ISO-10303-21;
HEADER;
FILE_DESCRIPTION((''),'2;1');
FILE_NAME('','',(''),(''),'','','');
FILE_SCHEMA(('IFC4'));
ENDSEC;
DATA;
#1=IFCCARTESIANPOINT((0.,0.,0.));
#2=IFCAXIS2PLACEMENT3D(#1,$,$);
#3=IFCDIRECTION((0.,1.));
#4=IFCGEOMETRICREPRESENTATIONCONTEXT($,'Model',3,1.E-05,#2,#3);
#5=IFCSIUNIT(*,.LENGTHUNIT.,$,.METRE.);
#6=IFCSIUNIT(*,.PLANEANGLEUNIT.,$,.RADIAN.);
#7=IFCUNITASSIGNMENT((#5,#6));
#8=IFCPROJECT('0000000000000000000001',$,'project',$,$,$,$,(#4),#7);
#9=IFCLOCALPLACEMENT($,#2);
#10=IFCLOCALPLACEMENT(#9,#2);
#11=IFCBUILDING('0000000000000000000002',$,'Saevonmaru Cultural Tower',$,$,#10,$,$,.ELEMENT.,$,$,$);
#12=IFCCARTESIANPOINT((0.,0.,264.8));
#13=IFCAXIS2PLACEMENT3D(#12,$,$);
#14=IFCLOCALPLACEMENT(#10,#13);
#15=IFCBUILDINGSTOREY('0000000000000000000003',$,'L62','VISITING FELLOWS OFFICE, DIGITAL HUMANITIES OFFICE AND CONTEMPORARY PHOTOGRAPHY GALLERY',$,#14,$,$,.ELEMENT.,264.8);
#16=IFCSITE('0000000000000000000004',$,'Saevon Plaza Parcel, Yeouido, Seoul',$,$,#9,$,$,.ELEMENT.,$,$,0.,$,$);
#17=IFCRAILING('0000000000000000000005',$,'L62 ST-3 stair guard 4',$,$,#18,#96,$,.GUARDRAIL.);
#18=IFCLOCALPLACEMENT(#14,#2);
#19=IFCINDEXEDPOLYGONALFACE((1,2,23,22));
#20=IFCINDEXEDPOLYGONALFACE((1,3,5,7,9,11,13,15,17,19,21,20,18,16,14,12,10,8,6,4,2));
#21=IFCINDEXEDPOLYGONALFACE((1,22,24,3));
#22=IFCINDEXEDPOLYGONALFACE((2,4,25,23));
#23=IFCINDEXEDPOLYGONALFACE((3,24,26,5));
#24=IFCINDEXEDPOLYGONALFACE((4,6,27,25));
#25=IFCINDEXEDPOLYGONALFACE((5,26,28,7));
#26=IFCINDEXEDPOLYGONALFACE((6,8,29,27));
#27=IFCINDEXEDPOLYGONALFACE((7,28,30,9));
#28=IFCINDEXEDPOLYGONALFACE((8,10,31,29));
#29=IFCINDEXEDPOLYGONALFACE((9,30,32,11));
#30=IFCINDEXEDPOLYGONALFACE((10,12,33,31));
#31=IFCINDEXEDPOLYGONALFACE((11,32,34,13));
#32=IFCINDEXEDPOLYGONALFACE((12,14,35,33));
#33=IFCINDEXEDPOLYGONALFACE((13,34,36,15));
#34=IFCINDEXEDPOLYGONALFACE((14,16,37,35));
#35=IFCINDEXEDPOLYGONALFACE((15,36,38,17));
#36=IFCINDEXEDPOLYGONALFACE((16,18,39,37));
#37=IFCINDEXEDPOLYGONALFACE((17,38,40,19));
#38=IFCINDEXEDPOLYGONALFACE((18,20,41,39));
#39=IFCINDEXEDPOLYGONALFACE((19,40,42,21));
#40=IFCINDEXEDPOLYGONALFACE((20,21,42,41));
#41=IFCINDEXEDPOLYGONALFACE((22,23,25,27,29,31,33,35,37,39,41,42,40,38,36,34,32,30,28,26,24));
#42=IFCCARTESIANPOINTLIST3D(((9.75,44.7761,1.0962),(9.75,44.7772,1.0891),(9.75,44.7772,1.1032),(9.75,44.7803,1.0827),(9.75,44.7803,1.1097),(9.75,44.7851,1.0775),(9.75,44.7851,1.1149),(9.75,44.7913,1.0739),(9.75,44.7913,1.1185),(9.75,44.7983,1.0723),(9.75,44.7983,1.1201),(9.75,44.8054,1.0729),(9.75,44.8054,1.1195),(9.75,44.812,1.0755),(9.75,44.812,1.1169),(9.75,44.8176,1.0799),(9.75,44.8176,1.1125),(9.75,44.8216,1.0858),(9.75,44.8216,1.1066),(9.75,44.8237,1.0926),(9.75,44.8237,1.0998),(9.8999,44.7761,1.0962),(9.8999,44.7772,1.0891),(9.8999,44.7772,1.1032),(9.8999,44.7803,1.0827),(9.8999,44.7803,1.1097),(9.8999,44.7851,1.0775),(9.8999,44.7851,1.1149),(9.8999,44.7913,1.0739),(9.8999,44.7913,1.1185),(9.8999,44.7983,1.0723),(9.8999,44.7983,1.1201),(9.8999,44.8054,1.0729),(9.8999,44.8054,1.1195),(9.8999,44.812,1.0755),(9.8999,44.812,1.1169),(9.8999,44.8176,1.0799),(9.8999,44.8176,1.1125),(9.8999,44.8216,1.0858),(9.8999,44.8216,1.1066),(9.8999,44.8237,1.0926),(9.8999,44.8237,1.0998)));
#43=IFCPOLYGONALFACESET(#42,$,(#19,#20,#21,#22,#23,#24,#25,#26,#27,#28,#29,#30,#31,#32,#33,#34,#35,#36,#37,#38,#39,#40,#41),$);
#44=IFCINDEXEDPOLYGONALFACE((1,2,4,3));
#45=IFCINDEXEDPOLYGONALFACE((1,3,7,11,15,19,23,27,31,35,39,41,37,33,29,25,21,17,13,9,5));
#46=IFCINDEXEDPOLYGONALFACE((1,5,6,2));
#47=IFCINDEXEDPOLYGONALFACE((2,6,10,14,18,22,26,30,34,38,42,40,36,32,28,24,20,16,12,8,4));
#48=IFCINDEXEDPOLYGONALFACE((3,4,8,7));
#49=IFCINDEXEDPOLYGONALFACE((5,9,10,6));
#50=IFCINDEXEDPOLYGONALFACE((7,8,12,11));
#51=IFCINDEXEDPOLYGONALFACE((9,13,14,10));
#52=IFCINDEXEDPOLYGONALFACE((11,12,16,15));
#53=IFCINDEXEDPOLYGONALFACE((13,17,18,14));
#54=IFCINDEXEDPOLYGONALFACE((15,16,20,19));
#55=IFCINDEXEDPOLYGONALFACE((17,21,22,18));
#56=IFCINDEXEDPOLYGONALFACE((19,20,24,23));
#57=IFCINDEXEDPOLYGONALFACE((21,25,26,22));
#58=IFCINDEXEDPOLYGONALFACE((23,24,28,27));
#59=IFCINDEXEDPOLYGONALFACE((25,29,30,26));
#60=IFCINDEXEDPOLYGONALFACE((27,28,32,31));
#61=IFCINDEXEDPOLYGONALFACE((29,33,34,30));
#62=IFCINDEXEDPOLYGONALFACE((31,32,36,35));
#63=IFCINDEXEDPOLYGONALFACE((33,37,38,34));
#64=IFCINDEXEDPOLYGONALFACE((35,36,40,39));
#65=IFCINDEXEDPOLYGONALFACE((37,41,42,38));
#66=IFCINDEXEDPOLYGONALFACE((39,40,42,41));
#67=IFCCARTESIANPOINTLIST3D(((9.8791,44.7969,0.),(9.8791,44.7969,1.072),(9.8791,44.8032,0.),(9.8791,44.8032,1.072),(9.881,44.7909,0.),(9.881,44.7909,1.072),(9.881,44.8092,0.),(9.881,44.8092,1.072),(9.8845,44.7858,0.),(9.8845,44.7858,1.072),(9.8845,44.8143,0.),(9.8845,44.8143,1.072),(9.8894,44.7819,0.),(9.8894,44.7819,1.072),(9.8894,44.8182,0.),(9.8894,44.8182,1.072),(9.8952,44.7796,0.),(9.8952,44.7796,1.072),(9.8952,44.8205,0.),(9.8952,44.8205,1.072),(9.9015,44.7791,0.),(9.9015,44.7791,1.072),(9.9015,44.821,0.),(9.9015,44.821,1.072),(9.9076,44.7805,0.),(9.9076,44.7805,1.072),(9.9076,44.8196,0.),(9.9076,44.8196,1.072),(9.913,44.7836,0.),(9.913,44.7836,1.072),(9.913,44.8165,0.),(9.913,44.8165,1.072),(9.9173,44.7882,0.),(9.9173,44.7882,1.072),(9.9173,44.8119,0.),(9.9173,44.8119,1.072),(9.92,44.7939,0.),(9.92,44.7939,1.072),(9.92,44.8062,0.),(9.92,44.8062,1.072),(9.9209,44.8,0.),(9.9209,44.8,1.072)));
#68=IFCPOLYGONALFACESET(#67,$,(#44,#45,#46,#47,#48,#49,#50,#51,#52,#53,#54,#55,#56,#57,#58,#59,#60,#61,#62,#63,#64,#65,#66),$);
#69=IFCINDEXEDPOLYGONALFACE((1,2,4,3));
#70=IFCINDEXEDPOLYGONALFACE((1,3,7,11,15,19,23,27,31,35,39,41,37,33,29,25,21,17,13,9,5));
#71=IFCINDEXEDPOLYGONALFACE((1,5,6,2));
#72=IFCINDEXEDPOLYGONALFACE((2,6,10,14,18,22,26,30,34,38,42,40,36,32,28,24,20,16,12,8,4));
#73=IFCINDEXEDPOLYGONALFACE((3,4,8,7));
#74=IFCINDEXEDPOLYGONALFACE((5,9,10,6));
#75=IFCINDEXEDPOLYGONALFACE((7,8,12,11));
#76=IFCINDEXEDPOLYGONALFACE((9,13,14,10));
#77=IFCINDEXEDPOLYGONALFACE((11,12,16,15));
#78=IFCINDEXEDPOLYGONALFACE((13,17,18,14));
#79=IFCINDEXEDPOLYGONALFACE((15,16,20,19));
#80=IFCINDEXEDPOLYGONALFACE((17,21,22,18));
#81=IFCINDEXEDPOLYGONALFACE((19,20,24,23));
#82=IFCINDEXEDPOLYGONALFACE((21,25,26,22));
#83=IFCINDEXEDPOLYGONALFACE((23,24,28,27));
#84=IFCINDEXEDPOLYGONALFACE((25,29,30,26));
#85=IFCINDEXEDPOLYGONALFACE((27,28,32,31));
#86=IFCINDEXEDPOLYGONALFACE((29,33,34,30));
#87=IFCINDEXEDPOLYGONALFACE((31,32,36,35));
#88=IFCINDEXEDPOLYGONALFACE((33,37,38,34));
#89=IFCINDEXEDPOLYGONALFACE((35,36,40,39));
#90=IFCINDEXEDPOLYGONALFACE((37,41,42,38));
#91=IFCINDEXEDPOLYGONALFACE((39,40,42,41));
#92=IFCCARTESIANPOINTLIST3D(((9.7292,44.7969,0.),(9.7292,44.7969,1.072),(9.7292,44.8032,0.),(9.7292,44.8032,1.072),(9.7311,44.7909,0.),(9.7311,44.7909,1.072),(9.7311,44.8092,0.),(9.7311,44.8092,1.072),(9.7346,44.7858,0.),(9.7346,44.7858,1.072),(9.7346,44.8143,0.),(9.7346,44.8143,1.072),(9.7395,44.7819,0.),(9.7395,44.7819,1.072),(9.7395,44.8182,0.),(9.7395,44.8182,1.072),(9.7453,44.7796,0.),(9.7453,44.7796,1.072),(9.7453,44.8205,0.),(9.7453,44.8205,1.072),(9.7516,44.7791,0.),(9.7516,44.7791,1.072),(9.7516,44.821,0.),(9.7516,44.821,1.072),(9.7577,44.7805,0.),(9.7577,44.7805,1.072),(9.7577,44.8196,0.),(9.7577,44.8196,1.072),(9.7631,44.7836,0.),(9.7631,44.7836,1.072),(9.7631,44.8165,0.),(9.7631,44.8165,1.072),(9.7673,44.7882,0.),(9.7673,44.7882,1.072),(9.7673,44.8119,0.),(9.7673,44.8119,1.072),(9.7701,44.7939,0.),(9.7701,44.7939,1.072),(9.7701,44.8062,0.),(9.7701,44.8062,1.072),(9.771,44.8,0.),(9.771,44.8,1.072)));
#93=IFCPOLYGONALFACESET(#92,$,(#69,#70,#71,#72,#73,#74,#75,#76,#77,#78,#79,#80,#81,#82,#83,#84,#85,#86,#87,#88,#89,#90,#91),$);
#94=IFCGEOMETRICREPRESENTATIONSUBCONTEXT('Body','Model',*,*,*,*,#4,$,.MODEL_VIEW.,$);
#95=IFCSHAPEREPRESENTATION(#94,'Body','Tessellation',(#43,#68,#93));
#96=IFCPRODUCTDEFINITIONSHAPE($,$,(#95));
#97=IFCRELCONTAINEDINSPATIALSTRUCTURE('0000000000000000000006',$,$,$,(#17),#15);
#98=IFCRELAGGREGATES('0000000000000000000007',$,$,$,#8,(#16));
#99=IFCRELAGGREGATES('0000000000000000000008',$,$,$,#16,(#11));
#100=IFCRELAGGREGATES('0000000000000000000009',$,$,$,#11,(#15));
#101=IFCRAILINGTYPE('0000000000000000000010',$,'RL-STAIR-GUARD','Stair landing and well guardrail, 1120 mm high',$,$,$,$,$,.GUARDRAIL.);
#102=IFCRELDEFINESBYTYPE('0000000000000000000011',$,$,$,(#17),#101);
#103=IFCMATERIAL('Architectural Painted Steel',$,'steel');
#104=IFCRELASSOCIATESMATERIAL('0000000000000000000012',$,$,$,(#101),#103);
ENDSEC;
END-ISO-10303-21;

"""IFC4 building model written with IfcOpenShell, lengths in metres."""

from ifc_helpers import new_model, si_unit, direction, frame, origin, origin_2d, place, context, subcontext, project, spatial, circle, extrude, material, type_object, element, save


model = new_model("IFC4")

# Units and contexts
model_context = context("Model", 3, precision=1e-05, world=origin(), true_north=direction((0.0, 1.0)))
body_context = subcontext(model_context, "Body", "Model", "MODEL_VIEW")
ifc_project = project(units=[si_unit("LENGTHUNIT", "METRE"), si_unit("PLANEANGLEUNIT", "RADIAN")], contexts=[model_context])

# Site, building, storey
site_placement = place(None, origin())
site = spatial("IfcSite", under=ifc_project, at=site_placement, Name="Saevon Plaza Parcel, Yeouido, Seoul", CompositionType="ELEMENT", RefElevation=0.0)
building_placement = place(site_placement, origin())
building = spatial("IfcBuilding", under=site, at=building_placement, Name="Saevonmaru Cultural Tower", CompositionType="ELEMENT")
storey_placement = place(building_placement, frame((0.0, 0.0, 264.8)))
storey = spatial("IfcBuildingStorey", under=building, at=storey_placement, Name="L62", Description="VISITING FELLOWS OFFICE, DIGITAL HUMANITIES OFFICE AND CONTEMPORARY PHOTOGRAPHY GALLERY", CompositionType="ELEMENT", Elevation=264.8)

# Railing
ifc_material_1 = material(Name="Architectural Painted Steel", Category="steel")
railing_type_1 = type_object("IfcRailingType", Name="RL-STAIR-GUARD", Description="Stair landing and well guardrail, 1120 mm high", PredefinedType="GUARDRAIL", material=ifc_material_1)
railing_1_placement = place(storey_placement, frame((9.8999, 44.8, 0.0)))
element("IfcRailing", 1, at=railing_1_placement, inside=storey, type_object=railing_type_1, Name="L62 ST-3 stair guard 4", PredefinedType="GUARDRAIL", context=body_context, shape_type="SweptSolid", body=[
    extrude(circle(Radius=0.0239, at=origin_2d()), frame((0.0, 0.0, 1.0962), z_axis=(-1.0, 0.0, 0.0), x_axis=(0.0, -1.0, 0.0)), (0.0, 0.0, 1.0), 0.1499),
    extrude(circle(Radius=0.021, at=origin_2d()), origin(), (0.0, 0.0, 1.0), 1.072),
    extrude(circle(Radius=0.021, at=origin_2d()), frame((-0.1499, 0.0, 0.0)), (0.0, 0.0, 1.0), 1.072),
])

save(model, "model.ifc")
